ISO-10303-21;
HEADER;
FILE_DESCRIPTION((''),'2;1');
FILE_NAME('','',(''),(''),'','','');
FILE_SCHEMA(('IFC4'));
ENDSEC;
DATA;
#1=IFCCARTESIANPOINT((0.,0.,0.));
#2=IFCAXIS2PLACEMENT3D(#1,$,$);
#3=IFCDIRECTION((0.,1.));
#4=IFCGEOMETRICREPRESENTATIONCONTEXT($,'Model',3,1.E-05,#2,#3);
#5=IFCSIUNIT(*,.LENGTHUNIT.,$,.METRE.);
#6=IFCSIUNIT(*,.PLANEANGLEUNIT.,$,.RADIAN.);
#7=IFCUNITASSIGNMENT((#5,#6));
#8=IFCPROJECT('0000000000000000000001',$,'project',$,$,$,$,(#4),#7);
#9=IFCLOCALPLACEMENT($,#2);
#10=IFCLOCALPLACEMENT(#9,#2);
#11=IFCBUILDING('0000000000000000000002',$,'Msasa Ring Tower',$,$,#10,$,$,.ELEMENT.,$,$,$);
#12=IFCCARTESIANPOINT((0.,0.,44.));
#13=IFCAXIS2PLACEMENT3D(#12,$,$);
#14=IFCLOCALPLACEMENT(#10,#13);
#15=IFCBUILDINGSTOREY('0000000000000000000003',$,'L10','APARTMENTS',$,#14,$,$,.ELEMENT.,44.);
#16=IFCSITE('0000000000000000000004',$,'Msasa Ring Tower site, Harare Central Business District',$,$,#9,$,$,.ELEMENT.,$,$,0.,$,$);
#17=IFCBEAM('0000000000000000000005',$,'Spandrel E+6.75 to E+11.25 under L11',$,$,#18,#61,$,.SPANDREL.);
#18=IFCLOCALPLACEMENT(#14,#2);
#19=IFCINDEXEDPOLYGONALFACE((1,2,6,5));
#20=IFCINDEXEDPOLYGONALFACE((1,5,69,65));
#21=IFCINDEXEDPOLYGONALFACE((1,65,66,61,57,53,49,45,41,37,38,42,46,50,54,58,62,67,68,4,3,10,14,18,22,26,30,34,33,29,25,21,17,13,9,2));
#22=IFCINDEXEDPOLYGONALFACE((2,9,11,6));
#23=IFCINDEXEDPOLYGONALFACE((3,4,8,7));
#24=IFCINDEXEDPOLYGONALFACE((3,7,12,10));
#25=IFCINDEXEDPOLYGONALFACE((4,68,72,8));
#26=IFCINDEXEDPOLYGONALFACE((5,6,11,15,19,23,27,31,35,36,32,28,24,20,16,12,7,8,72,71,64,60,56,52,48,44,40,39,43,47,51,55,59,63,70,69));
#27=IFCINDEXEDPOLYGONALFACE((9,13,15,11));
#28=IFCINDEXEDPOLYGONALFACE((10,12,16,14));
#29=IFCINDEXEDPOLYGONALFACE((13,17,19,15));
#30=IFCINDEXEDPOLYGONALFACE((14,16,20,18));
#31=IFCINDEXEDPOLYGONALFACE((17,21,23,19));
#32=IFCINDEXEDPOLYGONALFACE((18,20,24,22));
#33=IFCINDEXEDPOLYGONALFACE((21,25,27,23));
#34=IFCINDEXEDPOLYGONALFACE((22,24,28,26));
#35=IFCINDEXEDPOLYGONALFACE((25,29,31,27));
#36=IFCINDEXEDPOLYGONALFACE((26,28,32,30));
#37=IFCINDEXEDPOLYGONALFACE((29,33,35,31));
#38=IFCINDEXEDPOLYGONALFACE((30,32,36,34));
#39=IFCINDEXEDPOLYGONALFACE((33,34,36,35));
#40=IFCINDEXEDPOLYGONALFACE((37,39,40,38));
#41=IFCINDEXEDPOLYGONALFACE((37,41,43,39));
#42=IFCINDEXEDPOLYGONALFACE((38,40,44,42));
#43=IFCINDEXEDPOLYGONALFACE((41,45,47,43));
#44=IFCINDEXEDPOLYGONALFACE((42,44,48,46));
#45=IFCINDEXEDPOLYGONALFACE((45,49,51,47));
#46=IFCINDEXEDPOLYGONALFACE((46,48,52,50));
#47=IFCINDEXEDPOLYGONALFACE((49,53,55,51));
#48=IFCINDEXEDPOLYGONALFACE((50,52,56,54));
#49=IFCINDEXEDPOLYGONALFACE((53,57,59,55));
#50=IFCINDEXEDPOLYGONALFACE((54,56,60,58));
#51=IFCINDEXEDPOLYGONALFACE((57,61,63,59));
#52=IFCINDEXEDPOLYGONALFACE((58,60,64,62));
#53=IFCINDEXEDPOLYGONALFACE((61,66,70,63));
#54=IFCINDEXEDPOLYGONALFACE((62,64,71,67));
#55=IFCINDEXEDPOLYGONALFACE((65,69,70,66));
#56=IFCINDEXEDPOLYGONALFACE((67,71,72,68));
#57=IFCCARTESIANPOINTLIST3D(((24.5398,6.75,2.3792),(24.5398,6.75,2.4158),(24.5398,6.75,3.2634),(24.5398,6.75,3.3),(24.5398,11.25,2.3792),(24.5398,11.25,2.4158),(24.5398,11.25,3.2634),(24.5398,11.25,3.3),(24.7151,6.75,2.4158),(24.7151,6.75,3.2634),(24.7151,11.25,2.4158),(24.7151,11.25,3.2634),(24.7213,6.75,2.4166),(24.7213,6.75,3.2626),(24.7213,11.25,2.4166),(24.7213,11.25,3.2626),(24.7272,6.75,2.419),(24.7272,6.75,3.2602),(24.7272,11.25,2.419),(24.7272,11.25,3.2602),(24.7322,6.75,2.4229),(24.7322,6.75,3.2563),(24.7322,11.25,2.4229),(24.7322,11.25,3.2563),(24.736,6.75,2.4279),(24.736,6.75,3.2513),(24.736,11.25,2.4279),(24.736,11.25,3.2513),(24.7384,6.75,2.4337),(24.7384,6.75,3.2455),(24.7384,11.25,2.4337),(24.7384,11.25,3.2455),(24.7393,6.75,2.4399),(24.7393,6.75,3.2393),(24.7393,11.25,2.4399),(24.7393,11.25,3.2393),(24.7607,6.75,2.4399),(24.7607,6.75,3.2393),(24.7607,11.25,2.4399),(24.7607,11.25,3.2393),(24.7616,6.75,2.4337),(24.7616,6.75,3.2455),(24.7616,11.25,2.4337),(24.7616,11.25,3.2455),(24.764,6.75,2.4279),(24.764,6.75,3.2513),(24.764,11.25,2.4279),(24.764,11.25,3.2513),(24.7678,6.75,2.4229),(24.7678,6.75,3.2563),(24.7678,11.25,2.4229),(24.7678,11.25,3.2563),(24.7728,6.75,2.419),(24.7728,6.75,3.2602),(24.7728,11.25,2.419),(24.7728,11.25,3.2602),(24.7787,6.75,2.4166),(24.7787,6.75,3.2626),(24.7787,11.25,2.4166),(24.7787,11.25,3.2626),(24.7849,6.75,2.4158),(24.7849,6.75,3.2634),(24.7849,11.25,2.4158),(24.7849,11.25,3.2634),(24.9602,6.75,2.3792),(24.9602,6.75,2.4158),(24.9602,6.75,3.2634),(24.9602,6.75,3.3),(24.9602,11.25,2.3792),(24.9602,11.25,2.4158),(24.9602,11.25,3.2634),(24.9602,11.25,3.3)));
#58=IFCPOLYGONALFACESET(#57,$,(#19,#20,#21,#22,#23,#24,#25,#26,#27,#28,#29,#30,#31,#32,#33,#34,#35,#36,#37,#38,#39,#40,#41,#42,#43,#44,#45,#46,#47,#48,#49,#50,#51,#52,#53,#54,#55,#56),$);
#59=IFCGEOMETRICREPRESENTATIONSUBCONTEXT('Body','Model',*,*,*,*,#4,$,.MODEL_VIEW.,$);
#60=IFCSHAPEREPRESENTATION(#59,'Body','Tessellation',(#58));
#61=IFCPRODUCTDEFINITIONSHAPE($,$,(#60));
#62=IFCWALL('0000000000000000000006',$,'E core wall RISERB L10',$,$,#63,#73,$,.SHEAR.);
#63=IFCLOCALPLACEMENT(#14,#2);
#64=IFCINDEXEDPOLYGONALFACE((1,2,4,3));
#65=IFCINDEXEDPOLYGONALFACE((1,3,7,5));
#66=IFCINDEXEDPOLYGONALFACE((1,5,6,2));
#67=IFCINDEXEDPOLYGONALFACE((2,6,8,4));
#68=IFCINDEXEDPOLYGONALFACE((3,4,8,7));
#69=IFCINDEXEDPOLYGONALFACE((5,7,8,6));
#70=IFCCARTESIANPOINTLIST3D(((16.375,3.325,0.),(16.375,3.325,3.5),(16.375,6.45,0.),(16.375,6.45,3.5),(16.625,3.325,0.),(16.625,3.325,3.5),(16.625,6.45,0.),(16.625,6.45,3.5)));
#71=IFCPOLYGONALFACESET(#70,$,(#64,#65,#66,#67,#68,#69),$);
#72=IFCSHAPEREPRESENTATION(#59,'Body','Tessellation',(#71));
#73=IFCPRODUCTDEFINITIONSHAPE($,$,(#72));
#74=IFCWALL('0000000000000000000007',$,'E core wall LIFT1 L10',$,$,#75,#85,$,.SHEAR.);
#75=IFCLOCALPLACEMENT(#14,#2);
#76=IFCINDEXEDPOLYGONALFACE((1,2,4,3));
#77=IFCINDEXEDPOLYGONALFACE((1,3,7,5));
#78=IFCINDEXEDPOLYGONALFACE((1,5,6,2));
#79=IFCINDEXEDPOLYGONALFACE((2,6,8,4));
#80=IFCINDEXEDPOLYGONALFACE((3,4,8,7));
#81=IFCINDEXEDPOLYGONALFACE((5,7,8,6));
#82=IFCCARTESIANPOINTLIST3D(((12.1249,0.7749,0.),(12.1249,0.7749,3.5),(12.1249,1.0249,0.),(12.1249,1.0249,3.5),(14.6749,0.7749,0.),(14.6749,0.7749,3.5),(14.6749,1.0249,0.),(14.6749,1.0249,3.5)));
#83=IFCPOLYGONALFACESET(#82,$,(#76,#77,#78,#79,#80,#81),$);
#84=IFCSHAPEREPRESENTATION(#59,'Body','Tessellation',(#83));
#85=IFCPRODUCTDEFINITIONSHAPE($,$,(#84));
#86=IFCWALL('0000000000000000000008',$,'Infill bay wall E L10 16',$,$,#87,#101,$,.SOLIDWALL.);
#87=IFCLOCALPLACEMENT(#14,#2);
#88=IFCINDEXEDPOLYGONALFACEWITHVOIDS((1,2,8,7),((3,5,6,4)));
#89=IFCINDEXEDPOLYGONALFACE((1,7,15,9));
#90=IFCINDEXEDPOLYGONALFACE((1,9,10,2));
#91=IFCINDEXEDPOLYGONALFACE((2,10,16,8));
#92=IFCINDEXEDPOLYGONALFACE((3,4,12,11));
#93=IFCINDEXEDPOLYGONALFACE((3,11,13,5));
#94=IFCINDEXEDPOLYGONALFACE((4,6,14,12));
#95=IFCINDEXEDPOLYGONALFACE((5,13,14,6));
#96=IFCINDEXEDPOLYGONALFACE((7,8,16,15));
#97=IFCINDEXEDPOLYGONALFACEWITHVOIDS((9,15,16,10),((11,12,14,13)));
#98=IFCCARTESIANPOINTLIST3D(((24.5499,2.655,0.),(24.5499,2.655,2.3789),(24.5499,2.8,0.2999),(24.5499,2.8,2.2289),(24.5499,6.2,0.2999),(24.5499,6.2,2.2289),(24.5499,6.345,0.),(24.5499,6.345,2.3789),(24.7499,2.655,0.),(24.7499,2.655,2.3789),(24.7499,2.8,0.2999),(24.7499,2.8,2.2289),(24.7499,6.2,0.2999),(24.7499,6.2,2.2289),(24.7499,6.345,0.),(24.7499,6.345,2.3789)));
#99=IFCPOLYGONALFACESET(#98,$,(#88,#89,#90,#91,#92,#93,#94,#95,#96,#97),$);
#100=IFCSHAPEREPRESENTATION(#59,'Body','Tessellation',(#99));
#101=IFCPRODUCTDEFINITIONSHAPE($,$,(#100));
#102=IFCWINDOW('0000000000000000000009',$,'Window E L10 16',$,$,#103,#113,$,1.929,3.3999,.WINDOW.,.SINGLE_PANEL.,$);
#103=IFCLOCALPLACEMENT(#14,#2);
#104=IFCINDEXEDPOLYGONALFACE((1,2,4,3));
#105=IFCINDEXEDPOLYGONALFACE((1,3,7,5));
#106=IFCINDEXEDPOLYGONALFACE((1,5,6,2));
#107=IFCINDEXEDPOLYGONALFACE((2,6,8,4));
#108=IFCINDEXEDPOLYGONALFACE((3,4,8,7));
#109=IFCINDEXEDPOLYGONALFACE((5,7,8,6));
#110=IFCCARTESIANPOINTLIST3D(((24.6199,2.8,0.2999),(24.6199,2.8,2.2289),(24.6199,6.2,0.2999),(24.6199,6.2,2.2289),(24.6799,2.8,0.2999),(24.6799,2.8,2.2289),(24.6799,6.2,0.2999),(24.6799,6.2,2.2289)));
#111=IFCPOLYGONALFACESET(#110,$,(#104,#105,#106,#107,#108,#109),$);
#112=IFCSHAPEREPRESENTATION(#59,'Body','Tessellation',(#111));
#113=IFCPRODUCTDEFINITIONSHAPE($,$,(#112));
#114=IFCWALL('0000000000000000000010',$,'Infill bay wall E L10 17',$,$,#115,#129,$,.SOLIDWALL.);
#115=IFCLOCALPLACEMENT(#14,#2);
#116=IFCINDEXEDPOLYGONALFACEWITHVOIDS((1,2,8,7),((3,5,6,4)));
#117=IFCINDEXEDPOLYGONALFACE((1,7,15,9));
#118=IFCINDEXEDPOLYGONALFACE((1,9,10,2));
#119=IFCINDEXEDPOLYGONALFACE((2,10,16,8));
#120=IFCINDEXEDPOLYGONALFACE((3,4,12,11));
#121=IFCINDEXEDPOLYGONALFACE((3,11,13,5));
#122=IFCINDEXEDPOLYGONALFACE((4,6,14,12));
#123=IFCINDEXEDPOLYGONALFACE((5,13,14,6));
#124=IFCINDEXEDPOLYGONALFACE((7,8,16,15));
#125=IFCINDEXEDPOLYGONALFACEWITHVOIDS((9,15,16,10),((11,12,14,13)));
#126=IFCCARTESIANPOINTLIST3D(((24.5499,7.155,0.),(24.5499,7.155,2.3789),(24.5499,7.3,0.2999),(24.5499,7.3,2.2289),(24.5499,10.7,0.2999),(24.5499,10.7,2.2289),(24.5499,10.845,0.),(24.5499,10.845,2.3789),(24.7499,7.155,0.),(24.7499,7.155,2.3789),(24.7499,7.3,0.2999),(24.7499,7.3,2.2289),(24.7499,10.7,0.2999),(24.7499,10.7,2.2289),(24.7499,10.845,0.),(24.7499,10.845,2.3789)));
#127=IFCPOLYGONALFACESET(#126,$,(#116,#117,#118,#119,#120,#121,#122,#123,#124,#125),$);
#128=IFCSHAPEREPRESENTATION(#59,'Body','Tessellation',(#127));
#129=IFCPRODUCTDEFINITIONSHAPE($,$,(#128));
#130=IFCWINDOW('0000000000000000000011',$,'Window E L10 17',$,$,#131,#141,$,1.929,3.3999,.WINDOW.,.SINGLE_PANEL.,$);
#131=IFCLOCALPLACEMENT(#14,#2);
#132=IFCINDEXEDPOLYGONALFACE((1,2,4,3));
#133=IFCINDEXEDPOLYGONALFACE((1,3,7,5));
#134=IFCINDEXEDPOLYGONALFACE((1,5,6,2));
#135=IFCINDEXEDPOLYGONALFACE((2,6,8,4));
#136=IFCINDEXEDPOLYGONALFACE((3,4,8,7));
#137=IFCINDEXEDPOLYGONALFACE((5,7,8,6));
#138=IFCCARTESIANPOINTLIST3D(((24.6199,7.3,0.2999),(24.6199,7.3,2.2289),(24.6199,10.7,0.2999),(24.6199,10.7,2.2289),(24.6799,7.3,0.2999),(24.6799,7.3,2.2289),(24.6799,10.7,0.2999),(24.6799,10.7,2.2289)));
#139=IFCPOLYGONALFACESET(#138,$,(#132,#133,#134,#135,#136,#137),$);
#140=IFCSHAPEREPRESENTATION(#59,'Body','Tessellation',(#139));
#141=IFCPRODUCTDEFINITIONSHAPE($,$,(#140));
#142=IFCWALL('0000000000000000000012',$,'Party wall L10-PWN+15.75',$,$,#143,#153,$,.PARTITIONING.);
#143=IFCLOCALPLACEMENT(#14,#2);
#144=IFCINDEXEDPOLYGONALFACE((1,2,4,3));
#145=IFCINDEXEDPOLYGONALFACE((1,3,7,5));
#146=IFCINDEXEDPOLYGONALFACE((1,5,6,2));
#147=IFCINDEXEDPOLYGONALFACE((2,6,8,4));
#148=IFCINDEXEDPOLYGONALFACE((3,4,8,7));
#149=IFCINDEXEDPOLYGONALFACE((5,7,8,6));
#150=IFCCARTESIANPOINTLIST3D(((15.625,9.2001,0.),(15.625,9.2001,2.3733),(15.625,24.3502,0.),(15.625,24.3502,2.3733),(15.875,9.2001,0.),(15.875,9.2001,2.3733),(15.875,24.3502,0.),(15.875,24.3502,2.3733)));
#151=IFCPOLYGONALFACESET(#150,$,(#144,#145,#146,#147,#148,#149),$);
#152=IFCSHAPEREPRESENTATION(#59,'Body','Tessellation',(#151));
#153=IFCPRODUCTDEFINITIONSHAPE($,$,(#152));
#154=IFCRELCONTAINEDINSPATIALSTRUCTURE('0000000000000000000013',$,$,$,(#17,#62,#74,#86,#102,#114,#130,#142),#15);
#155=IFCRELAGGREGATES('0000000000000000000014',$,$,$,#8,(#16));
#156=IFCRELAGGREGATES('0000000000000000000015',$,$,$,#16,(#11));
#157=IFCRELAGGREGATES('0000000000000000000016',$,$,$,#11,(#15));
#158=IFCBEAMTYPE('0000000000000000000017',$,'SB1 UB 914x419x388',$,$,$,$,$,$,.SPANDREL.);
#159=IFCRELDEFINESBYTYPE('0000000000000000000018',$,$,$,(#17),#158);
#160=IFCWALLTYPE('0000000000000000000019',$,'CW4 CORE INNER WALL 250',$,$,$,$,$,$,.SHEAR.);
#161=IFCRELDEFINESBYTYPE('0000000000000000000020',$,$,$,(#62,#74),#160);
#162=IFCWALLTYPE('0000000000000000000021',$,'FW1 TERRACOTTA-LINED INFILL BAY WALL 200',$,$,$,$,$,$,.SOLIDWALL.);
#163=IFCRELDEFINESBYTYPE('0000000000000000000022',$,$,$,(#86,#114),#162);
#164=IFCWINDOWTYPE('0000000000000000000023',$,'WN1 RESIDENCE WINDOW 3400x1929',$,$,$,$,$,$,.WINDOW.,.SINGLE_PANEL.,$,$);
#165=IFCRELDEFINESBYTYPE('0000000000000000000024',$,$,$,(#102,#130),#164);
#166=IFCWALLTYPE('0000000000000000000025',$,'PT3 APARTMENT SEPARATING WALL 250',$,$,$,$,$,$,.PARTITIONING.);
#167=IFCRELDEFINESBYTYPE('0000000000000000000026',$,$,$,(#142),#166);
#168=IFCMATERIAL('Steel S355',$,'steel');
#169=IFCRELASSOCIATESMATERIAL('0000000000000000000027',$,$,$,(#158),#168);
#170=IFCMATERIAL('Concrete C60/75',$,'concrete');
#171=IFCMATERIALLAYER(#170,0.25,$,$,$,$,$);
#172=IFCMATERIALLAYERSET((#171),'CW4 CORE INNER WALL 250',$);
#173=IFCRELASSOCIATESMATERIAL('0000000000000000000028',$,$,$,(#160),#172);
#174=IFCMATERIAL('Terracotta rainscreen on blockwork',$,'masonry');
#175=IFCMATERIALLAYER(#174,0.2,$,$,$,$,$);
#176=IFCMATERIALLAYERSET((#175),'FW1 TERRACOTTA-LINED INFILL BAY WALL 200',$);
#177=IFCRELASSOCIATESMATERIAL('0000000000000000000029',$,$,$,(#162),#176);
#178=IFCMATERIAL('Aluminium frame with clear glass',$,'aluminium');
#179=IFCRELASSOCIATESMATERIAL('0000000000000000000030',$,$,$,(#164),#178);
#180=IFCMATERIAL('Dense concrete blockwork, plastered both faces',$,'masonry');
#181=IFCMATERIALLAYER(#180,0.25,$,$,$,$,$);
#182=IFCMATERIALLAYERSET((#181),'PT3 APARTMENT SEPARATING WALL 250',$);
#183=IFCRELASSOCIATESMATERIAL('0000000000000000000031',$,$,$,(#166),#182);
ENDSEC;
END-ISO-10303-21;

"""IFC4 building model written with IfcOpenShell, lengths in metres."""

from ifc_helpers import new_model, si_unit, direction, frame, frame_2d, origin, origin_2d, place, context, subcontext, project, spatial, rectangle, i_section, extrude, material, layer, layer_set, material_profile, profile_set, type_object, element, fill, save


model = new_model("IFC4")

# Units and contexts
model_context = context("Model", 3, precision=1e-05, world=origin(), true_north=direction((0.0, 1.0)))
body_context = subcontext(model_context, "Body", "Model", "MODEL_VIEW")
ifc_project = project(units=[si_unit("LENGTHUNIT", "METRE"), si_unit("PLANEANGLEUNIT", "RADIAN")], contexts=[model_context])

# Site, building, storey
site_placement = place(None, origin())
site = spatial("IfcSite", under=ifc_project, at=site_placement, Name="Msasa Ring Tower site, Harare Central Business District", CompositionType="ELEMENT", RefElevation=0.0)
building_placement = place(site_placement, origin())
building = spatial("IfcBuilding", under=site, at=building_placement, Name="Msasa Ring Tower", CompositionType="ELEMENT")
storey_placement = place(building_placement, frame((0.0, 0.0, 44.0)))
storey = spatial("IfcBuildingStorey", under=building, at=storey_placement, Name="L10", Description="APARTMENTS", CompositionType="ELEMENT", Elevation=44.0)

# Beam
ifc_material_1 = material(Name="Steel S355", Category="steel")
ifc_material_profile_1 = material_profile(ifc_material_1, i_section(OverallWidth=0.4204, OverallDepth=0.9209, WebThickness=0.0215, FlangeThickness=0.0366, FilletRadius=0.0242, at=origin_2d()), Name="UB 914x419x388")
ifc_profile_set_1 = profile_set([ifc_material_profile_1], Name="Steel S355")
beam_type_1 = type_object("IfcBeamType", Name="SB1 UB 914x419x388", PredefinedType="SPANDREL", material=ifc_profile_set_1)
for number, where, z_axis, x_axis, name in (
    (1, (24.75, 6.75, 2.8396), (0.0, 1.0, 0.0), (-1.0, 0.0, 0.0), "Spandrel E+6.75 to E+11.25 under L11"),
):
    element("IfcBeam", number, at=place(storey_placement, frame(where, z_axis=z_axis, x_axis=x_axis)), inside=storey, type_object=beam_type_1, Name=name, PredefinedType="SPANDREL", context=body_context, shape_type="SweptSolid", body=[
        extrude(i_section(OverallWidth=0.4204, OverallDepth=0.9209, WebThickness=0.0215, FlangeThickness=0.0366, FilletRadius=0.0242, at=origin_2d()), origin(), (0.0, 0.0, 1.0), 4.5),
    ])

# Walls
ifc_material_2 = material(Name="Concrete C60/75", Category="concrete")
ifc_layer_1 = layer(ifc_material_2, 0.25)
ifc_layer_set_1 = layer_set([ifc_layer_1], Name="CW4 CORE INNER WALL 250")
wall_type_1 = type_object("IfcWallType", Name="CW4 CORE INNER WALL 250", PredefinedType="SHEAR", material=ifc_layer_set_1)
wall_1_placement = place(storey_placement, frame((16.5, 3.325, 0.0), z_axis=(0.0, 0.0, 1.0), x_axis=(0.0, 1.0, 0.0)))
element("IfcWall", 2, at=wall_1_placement, inside=storey, type_object=wall_type_1, Name="E core wall RISERB L10", PredefinedType="SHEAR", context=body_context, shape_type="SweptSolid", body=[
    extrude(rectangle(XDim=3.125, YDim=0.25, at=frame_2d((1.5625, 0.0))), origin(), (0.0, 0.0, 1.0), 3.5),
])
wall_2_placement = place(storey_placement, frame((12.125, 0.8999, 0.0), z_axis=(0.0, 0.0, 1.0), x_axis=(1.0, 0.0, 0.0)))
element("IfcWall", 3, at=wall_2_placement, inside=storey, type_object=wall_type_1, Name="E core wall LIFT1 L10", PredefinedType="SHEAR", context=body_context, shape_type="SweptSolid", body=[
    extrude(rectangle(XDim=2.55, YDim=0.25, at=frame_2d((1.2749, 0.0))), origin(), (0.0, 0.0, 1.0), 3.5),
])

# Walls, openings, windows
ifc_material_3 = material(Name="Terracotta rainscreen on blockwork", Category="masonry")
ifc_layer_2 = layer(ifc_material_3, 0.2)
ifc_layer_set_2 = layer_set([ifc_layer_2], Name="FW1 TERRACOTTA-LINED INFILL BAY WALL 200")
wall_type_2 = type_object("IfcWallType", Name="FW1 TERRACOTTA-LINED INFILL BAY WALL 200", PredefinedType="SOLIDWALL", material=ifc_layer_set_2)
wall_3_placement = place(storey_placement, frame((24.6499, 2.655, 0.0), z_axis=(0.0, 0.0, 1.0), x_axis=(0.0, 1.0, 0.0)))
wall_3 = element("IfcWall", 4, at=wall_3_placement, inside=storey, type_object=wall_type_2, Name="Infill bay wall E L10 16", PredefinedType="SOLIDWALL", context=body_context, shape_type="SweptSolid", body=[
    extrude(rectangle(XDim=3.6899, YDim=0.2, at=frame_2d((1.845, 0.0))), origin(), (0.0, 0.0, 1.0), 2.3789),
])
opening_1_placement = place(wall_3_placement, frame((0.145, 0.0, 0.3)))
opening_1 = element("IfcOpeningElement", 5, at=opening_1_placement, cuts=wall_3, PredefinedType="OPENING", context=body_context, shape_type="SweptSolid", body=[
    extrude(rectangle(XDim=3.3999, YDim=1.929, at=frame_2d((1.7, 0.9644))), frame((0.0, 0.1099, 0.0), z_axis=(0.0, -1.0, 0.0), x_axis=(1.0, 0.0, 0.0)), (0.0, 0.0, 1.0), 0.22),
])
ifc_material_4 = material(Name="Aluminium frame with clear glass", Category="aluminium")
window_type = type_object("IfcWindowType", Name="WN1 RESIDENCE WINDOW 3400x1929", PartitioningType="SINGLE_PANEL", PredefinedType="WINDOW", material=ifc_material_4)
window_1_placement = place(opening_1_placement, origin())
window_1 = element("IfcWindow", 6, at=window_1_placement, inside=storey, type_object=window_type, Name="Window E L10 16", OverallHeight=1.929, OverallWidth=3.3999, PartitioningType="SINGLE_PANEL", PredefinedType="WINDOW", context=body_context, shape_type="SweptSolid", body=[
    extrude(rectangle(XDim=3.3999, YDim=1.929, at=frame_2d((1.7, 0.9644))), frame((0.0, 0.03, 0.0), z_axis=(0.0, -1.0, 0.0), x_axis=(1.0, 0.0, 0.0)), (0.0, 0.0, 1.0), 0.0601),
])
fill(opening_1, window_1)
wall_4_placement = place(storey_placement, frame((24.6499, 7.155, 0.0), z_axis=(0.0, 0.0, 1.0), x_axis=(0.0, 1.0, 0.0)))
wall_4 = element("IfcWall", 7, at=wall_4_placement, inside=storey, type_object=wall_type_2, Name="Infill bay wall E L10 17", PredefinedType="SOLIDWALL", context=body_context, shape_type="SweptSolid", body=[
    extrude(rectangle(XDim=3.6899, YDim=0.2, at=frame_2d((1.845, 0.0))), origin(), (0.0, 0.0, 1.0), 2.3789),
])
opening_2_placement = place(wall_4_placement, frame((0.145, 0.0, 0.3)))
opening_2 = element("IfcOpeningElement", 8, at=opening_2_placement, cuts=wall_4, PredefinedType="OPENING", context=body_context, shape_type="SweptSolid", body=[
    extrude(rectangle(XDim=3.3999, YDim=1.929, at=frame_2d((1.7, 0.9644))), frame((0.0, 0.1099, 0.0), z_axis=(0.0, -1.0, 0.0), x_axis=(1.0, 0.0, 0.0)), (0.0, 0.0, 1.0), 0.22),
])
window_2_placement = place(opening_2_placement, origin())
window_2 = element("IfcWindow", 9, at=window_2_placement, inside=storey, type_object=window_type, Name="Window E L10 17", OverallHeight=1.929, OverallWidth=3.3999, PartitioningType="SINGLE_PANEL", PredefinedType="WINDOW", context=body_context, shape_type="SweptSolid", body=[
    extrude(rectangle(XDim=3.3999, YDim=1.929, at=frame_2d((1.7, 0.9644))), frame((0.0, 0.03, 0.0), z_axis=(0.0, -1.0, 0.0), x_axis=(1.0, 0.0, 0.0)), (0.0, 0.0, 1.0), 0.0601),
])
fill(opening_2, window_2)

# Wall
ifc_material_5 = material(Name="Dense concrete blockwork, plastered both faces", Category="masonry")
ifc_layer_3 = layer(ifc_material_5, 0.25)
ifc_layer_set_3 = layer_set([ifc_layer_3], Name="PT3 APARTMENT SEPARATING WALL 250")
wall_type_3 = type_object("IfcWallType", Name="PT3 APARTMENT SEPARATING WALL 250", PredefinedType="PARTITIONING", material=ifc_layer_set_3)
wall_5_placement = place(storey_placement, frame((15.75, 9.2, 0.0), z_axis=(0.0, 0.0, 1.0), x_axis=(0.0, 1.0, 0.0)))
element("IfcWall", 10, at=wall_5_placement, inside=storey, type_object=wall_type_3, Name="Party wall L10-PWN+15.75", PredefinedType="PARTITIONING", context=body_context, shape_type="SweptSolid", body=[
    extrude(rectangle(XDim=15.1501, YDim=0.25, at=frame_2d((7.5752, 0.0))), origin(), (0.0, 0.0, 1.0), 2.3733),
])

save(model, "model.ifc")
